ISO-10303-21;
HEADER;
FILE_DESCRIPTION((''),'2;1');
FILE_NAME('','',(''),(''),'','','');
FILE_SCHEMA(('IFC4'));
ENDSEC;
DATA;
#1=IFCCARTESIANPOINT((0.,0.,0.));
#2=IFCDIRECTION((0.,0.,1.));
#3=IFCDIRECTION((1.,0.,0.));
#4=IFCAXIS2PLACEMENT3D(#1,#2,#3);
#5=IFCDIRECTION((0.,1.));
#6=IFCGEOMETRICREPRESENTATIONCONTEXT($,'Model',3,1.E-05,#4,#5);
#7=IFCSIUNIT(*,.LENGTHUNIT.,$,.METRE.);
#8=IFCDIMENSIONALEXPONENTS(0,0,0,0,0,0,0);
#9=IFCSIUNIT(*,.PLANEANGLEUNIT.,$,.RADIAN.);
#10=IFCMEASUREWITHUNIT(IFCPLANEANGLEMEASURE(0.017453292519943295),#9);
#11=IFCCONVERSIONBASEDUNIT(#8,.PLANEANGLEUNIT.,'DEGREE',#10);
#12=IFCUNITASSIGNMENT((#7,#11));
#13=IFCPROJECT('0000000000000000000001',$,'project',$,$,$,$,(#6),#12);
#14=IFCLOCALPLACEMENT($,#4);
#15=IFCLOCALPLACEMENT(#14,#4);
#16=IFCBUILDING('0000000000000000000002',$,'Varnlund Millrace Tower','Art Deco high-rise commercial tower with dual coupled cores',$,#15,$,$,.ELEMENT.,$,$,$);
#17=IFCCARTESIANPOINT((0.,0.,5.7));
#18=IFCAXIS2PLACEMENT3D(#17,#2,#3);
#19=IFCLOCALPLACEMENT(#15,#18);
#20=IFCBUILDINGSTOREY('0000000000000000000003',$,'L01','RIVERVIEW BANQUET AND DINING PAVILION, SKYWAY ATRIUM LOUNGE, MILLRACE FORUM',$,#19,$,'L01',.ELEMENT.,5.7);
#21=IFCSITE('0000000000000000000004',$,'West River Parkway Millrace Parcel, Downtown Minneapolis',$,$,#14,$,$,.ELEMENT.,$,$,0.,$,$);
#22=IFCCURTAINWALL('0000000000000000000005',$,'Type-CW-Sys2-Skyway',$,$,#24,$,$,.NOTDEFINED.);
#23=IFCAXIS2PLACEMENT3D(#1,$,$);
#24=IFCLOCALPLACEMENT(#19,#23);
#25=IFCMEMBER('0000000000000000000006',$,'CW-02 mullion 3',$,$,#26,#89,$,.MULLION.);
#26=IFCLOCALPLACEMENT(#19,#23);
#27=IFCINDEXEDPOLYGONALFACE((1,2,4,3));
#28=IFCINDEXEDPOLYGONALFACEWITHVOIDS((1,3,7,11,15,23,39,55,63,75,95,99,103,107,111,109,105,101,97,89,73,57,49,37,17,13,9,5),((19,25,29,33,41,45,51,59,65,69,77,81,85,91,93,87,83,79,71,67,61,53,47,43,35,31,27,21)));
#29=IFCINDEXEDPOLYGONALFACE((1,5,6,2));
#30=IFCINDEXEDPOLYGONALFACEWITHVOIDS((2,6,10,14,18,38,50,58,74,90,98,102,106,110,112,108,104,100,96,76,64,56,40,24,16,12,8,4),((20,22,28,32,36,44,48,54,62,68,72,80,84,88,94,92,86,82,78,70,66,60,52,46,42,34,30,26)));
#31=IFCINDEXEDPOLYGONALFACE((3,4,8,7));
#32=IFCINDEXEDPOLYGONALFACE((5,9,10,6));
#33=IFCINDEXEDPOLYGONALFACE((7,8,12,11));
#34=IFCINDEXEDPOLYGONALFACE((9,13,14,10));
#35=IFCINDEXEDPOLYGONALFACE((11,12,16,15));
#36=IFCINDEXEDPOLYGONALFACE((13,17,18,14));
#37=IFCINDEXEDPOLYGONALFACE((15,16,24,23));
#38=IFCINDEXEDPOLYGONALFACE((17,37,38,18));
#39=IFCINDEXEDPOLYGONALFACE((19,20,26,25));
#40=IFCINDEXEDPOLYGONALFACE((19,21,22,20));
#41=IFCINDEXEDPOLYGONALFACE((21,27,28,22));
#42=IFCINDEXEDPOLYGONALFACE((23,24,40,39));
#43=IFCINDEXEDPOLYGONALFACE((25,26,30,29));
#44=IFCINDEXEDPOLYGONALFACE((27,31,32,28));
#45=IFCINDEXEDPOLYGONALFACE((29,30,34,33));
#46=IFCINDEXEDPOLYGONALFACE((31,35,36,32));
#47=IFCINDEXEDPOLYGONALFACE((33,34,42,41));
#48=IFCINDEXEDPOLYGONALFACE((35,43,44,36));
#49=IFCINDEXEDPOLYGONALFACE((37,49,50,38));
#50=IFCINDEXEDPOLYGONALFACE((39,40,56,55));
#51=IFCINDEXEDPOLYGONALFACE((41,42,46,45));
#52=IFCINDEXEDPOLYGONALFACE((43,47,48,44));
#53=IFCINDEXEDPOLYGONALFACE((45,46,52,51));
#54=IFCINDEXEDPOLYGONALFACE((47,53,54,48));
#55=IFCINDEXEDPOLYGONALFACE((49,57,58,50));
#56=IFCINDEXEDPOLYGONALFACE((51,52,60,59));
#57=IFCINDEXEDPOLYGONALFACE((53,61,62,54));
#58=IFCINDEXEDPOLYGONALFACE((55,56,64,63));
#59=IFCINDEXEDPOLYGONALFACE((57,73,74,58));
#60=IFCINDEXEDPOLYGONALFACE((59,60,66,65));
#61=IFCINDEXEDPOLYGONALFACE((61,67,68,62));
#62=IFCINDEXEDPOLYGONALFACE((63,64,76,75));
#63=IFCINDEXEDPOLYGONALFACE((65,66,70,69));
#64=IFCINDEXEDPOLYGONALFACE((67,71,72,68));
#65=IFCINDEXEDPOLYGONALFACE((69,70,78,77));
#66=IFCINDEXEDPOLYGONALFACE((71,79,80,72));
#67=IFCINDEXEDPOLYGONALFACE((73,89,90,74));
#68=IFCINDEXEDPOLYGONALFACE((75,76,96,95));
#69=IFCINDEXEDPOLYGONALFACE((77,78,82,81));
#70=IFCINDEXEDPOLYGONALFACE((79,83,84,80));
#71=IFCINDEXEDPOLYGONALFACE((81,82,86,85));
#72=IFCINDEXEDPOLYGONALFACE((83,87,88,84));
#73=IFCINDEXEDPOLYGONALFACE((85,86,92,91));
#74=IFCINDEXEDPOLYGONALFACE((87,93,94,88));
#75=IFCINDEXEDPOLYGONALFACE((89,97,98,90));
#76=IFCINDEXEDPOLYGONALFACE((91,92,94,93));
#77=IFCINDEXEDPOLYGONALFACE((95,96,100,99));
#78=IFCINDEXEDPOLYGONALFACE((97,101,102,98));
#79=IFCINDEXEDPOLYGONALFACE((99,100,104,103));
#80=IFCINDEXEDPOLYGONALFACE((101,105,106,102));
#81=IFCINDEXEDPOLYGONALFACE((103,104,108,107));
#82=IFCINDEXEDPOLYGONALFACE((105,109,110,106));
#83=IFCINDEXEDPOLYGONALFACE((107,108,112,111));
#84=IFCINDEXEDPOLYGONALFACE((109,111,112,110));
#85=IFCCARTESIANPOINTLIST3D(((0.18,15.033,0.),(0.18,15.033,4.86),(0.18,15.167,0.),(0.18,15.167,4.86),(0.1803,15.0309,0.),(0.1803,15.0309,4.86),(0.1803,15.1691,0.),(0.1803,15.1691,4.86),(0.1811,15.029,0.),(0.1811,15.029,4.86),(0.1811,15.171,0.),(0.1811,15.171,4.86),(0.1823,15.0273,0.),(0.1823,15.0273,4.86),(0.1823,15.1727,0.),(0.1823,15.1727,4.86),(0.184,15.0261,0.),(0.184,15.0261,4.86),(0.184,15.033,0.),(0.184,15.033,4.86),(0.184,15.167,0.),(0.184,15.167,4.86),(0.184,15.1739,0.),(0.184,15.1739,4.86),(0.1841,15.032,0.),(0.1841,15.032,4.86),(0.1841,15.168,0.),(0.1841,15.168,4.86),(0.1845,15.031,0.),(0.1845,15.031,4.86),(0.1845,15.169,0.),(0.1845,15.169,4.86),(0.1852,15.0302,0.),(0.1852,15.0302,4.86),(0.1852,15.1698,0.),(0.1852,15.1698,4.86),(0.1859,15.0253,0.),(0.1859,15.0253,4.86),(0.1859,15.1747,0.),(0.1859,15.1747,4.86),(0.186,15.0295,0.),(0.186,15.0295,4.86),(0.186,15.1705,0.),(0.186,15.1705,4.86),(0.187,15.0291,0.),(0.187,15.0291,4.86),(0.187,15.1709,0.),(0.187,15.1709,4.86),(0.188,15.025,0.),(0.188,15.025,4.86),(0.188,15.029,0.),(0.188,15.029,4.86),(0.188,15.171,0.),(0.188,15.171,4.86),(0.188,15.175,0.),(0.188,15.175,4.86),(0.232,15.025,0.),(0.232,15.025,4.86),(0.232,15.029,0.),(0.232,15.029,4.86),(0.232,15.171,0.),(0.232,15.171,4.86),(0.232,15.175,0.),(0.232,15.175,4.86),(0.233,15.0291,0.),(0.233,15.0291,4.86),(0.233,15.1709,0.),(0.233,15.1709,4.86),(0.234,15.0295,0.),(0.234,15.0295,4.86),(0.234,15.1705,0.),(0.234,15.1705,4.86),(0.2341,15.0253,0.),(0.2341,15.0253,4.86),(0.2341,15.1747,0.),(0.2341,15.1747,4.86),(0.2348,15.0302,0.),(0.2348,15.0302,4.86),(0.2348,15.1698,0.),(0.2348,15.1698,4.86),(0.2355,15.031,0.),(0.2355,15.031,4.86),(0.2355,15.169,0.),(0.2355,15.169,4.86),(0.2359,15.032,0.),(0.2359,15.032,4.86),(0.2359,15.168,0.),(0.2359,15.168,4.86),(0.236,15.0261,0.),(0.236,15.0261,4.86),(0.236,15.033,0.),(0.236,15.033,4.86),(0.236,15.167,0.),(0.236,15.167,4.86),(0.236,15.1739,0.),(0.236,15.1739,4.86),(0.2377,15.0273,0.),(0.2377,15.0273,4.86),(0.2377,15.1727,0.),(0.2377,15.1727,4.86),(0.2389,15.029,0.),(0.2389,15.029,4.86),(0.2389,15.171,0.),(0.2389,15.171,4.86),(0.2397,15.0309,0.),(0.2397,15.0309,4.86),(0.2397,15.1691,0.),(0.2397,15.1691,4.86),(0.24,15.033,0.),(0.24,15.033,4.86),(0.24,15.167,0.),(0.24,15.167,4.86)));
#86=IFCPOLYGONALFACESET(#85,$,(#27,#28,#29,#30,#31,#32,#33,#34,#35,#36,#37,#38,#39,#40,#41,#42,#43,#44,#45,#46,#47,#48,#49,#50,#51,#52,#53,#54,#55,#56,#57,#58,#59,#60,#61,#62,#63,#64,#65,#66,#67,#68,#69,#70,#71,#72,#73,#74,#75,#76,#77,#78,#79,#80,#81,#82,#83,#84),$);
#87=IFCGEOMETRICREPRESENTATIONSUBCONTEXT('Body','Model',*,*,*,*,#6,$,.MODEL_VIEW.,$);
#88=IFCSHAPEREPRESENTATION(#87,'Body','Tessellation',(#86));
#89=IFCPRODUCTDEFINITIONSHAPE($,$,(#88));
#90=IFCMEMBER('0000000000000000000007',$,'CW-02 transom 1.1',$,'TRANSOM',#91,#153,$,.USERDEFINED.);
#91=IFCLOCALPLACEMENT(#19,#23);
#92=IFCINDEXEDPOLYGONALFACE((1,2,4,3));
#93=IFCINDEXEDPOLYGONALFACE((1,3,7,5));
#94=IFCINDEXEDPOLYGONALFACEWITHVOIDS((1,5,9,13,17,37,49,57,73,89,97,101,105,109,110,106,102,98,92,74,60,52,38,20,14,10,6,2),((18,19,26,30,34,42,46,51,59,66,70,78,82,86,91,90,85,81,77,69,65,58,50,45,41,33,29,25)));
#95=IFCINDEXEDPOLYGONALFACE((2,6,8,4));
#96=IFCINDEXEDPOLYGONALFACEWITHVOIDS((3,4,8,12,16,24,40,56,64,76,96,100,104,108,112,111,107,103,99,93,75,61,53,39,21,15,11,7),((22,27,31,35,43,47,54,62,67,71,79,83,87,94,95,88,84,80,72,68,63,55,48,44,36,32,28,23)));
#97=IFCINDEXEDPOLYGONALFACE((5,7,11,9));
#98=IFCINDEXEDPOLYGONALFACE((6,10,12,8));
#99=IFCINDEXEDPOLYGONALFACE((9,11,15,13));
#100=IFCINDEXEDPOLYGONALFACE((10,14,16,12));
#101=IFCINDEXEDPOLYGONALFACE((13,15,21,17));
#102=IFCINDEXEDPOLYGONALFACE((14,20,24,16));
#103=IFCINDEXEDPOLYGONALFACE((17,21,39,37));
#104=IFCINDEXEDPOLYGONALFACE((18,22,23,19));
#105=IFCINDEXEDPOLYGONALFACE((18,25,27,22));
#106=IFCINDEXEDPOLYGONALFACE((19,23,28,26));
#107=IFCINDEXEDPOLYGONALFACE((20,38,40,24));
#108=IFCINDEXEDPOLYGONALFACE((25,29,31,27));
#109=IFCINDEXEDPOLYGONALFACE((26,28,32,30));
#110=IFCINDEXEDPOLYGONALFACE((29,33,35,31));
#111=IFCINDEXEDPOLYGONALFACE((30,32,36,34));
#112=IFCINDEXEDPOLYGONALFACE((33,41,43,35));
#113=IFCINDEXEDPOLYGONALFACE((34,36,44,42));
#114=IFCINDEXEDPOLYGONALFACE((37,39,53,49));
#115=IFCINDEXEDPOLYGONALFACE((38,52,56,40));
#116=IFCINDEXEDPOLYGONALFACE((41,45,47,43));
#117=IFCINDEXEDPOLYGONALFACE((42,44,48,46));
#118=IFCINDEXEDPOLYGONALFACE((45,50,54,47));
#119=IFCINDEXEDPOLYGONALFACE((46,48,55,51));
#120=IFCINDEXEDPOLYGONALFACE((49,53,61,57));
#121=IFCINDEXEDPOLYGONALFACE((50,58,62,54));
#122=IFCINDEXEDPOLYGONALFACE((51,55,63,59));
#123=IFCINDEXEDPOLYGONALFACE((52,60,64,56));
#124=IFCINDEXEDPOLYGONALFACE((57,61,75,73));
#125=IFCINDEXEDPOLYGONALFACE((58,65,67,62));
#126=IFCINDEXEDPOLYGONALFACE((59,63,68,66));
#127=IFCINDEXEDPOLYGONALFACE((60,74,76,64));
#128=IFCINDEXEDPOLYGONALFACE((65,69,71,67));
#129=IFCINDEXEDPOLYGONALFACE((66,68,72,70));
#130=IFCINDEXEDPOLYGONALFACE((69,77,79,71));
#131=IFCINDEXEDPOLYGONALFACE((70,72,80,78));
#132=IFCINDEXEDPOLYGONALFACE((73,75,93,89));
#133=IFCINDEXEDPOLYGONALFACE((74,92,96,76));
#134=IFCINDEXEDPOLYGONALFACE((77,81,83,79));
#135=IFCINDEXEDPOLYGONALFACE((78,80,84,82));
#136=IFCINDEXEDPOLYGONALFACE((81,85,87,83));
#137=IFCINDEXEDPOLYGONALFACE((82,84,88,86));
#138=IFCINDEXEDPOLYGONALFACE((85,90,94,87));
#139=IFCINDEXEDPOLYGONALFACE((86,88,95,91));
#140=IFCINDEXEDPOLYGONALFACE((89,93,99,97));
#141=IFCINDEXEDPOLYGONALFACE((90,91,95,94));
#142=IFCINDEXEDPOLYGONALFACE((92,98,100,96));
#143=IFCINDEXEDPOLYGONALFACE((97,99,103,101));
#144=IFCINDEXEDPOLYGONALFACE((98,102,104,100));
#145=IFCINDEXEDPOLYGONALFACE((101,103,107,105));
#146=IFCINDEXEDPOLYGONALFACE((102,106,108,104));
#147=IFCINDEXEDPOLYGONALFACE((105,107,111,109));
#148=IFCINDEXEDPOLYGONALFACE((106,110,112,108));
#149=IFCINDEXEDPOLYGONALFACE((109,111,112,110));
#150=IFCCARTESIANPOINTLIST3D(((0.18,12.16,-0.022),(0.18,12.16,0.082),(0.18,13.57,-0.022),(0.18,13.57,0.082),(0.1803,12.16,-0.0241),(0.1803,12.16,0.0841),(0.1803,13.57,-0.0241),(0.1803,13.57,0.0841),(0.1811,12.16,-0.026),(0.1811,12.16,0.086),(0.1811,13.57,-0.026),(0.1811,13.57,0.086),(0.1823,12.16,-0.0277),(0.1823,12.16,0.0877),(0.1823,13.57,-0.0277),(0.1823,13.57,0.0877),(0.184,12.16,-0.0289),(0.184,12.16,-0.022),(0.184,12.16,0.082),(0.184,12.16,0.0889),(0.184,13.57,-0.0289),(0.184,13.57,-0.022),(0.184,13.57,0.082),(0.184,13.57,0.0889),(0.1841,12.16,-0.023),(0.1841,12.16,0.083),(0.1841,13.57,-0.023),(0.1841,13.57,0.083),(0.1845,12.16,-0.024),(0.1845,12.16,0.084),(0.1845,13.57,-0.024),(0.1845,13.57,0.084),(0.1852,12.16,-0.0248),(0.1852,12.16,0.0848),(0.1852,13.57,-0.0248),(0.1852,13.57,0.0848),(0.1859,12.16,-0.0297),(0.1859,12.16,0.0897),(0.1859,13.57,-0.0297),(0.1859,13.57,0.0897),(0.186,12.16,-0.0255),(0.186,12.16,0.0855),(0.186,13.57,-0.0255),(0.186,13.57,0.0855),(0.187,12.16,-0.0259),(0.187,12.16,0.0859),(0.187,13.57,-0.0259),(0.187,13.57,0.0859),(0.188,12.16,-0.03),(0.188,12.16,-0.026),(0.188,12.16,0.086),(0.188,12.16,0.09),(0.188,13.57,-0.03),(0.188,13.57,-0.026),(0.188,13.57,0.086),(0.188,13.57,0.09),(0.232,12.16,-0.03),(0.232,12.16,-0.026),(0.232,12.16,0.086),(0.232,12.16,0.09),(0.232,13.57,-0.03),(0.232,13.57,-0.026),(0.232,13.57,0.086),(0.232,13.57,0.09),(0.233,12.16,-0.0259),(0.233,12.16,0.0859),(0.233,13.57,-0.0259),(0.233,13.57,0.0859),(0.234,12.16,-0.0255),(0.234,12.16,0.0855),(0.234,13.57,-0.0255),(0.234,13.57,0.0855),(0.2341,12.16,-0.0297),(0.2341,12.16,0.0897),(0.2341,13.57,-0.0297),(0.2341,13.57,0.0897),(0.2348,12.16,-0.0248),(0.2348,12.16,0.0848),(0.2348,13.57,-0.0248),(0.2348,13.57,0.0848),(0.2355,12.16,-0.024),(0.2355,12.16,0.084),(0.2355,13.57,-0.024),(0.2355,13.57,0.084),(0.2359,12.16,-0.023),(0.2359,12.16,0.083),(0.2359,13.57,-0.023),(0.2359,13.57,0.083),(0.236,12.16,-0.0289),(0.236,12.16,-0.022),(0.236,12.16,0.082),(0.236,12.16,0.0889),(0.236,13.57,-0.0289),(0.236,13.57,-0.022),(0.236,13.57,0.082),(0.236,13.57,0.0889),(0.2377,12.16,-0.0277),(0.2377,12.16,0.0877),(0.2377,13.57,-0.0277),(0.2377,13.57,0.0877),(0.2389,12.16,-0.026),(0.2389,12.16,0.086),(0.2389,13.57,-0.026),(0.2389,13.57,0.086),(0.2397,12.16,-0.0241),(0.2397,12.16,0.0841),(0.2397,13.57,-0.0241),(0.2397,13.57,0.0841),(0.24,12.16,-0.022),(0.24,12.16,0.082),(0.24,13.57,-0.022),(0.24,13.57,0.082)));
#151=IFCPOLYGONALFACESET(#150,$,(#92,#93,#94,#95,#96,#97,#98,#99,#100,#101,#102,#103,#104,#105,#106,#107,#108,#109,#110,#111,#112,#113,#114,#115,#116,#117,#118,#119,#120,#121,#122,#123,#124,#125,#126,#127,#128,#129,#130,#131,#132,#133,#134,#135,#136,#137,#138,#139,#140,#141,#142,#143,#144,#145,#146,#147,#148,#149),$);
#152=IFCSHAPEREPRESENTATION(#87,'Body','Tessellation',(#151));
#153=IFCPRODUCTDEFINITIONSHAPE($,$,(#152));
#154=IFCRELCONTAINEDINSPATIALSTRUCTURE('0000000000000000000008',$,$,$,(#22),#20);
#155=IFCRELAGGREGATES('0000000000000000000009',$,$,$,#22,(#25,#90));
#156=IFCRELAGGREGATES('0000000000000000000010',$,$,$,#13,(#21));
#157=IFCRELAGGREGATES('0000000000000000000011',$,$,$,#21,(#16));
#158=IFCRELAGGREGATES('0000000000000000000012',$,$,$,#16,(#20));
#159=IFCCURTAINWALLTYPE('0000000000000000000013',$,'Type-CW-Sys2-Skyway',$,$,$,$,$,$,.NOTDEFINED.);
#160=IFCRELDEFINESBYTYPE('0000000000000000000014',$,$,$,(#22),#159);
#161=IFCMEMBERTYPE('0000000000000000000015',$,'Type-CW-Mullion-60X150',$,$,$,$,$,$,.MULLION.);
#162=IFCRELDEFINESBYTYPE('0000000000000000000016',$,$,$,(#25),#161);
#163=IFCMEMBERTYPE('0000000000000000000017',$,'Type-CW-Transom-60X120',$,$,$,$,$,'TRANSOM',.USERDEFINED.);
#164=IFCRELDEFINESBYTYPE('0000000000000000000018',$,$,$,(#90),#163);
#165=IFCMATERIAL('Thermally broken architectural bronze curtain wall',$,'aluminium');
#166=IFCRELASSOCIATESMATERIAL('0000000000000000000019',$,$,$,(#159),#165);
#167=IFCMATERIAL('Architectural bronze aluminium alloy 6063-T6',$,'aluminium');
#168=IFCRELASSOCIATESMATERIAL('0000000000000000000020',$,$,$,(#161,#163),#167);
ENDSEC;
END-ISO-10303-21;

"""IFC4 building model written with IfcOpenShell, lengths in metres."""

from ifc_helpers import new_model, entity, si_unit, converted_unit, direction, frame, origin_with_axes, origin_2d_with_axis, place, context, subcontext, project, spatial, hollow_rectangle, extrude, material, material_profile, profile_set, type_object, element, aggregate, save


model = new_model("IFC4")

# Units and contexts
model_context = context("Model", 3, precision=1e-05, world=origin_with_axes(), true_north=direction((0.0, 1.0)))
body_context = subcontext(model_context, "Body", "Model", "MODEL_VIEW")
ifc_project = project(units=[si_unit("LENGTHUNIT", "METRE"), converted_unit("PLANEANGLEUNIT", "DEGREE", entity("IfcPlaneAngleMeasure", 0.017453292519943295), si_unit("PLANEANGLEUNIT", "RADIAN"), dimensions=[0, 0, 0, 0, 0, 0, 0])], contexts=[model_context])

# Site, building, storey
site_placement = place(None, origin_with_axes())
site = spatial("IfcSite", under=ifc_project, at=site_placement, Name="West River Parkway Millrace Parcel, Downtown Minneapolis", CompositionType="ELEMENT", RefElevation=0.0)
building_placement = place(site_placement, origin_with_axes())
building = spatial("IfcBuilding", under=site, at=building_placement, Name="Varnlund Millrace Tower", Description="Art Deco high-rise commercial tower with dual coupled cores", CompositionType="ELEMENT")
storey_placement = place(building_placement, frame((0.0, 0.0, 5.7), z_axis=(0.0, 0.0, 1.0), x_axis=(1.0, 0.0, 0.0)))
storey = spatial("IfcBuildingStorey", under=building, at=storey_placement, Name="L01", Description="RIVERVIEW BANQUET AND DINING PAVILION, SKYWAY ATRIUM LOUNGE, MILLRACE FORUM", LongName="L01", CompositionType="ELEMENT", Elevation=5.7)

# Curtain wall, members
ifc_material_1 = material(Name="Thermally broken architectural bronze curtain wall", Category="aluminium")
curtain_wall_type = type_object("IfcCurtainWallType", Name="Type-CW-Sys2-Skyway", PredefinedType="NOTDEFINED", material=ifc_material_1)
curtain_wall_placement = place(storey_placement, frame((0.21, 12.1, 0.0), z_axis=(0.0, 0.0, 1.0), x_axis=(1.0, 0.0, 0.0)))
curtain_wall = element("IfcCurtainWall", 1, at=curtain_wall_placement, inside=storey, type_object=curtain_wall_type, Name="Type-CW-Sys2-Skyway", PredefinedType="NOTDEFINED")
ifc_material_2 = material(Name="Architectural bronze aluminium alloy 6063-T6", Category="aluminium")
ifc_material_profile_1 = material_profile(ifc_material_2, hollow_rectangle(XDim=0.06, YDim=0.15, WallThickness=0.004, InnerFilletRadius=0.004, OuterFilletRadius=0.008, at=origin_2d_with_axis()), Name="Architectural bronze aluminium alloy 6063-T6")
ifc_profile_set_1 = profile_set([ifc_material_profile_1], Name="Architectural bronze aluminium alloy 6063-T6")
member_type_1 = type_object("IfcMemberType", Name="Type-CW-Mullion-60X150", PredefinedType="MULLION", material=ifc_profile_set_1)
member_1_placement = place(storey_placement, frame((0.21, 15.1, 0.0), z_axis=(0.0, 0.0, 1.0), x_axis=(-1.0, 0.0, 0.0)))
member_1 = element("IfcMember", 2, at=member_1_placement, type_object=member_type_1, Name="CW-02 mullion 3", PredefinedType="MULLION", context=body_context, shape_type="SweptSolid", body=[
    extrude(hollow_rectangle(XDim=0.06, YDim=0.15, WallThickness=0.004, InnerFilletRadius=0.004, OuterFilletRadius=0.008, at=origin_2d_with_axis()), origin_with_axes(), (0.0, 0.0, 1.0), 4.86),
])
ifc_material_profile_2 = material_profile(ifc_material_2, hollow_rectangle(XDim=0.06, YDim=0.12, WallThickness=0.004, InnerFilletRadius=0.004, OuterFilletRadius=0.008, at=origin_2d_with_axis()), Name="Architectural bronze aluminium alloy 6063-T6")
ifc_profile_set_2 = profile_set([ifc_material_profile_2], Name="Architectural bronze aluminium alloy 6063-T6")
member_type_2 = type_object("IfcMemberType", Name="Type-CW-Transom-60X120", ElementType="TRANSOM", PredefinedType="USERDEFINED", material=ifc_profile_set_2)
member_2_placement = place(storey_placement, frame((0.21, 12.16, 0.03), z_axis=(0.0, 1.0, 0.0), x_axis=(-1.0, 0.0, 0.0)))
member_2 = element("IfcMember", 3, at=member_2_placement, type_object=member_type_2, Name="CW-02 transom 1.1", ObjectType="TRANSOM", PredefinedType="USERDEFINED", context=body_context, shape_type="SweptSolid", body=[
    extrude(hollow_rectangle(XDim=0.06, YDim=0.12, WallThickness=0.004, InnerFilletRadius=0.004, OuterFilletRadius=0.008, at=origin_2d_with_axis()), origin_with_axes(), (0.0, 0.0, 1.0), 1.41),
])
aggregate(curtain_wall, [member_1, member_2])

save(model, "model.ifc")
